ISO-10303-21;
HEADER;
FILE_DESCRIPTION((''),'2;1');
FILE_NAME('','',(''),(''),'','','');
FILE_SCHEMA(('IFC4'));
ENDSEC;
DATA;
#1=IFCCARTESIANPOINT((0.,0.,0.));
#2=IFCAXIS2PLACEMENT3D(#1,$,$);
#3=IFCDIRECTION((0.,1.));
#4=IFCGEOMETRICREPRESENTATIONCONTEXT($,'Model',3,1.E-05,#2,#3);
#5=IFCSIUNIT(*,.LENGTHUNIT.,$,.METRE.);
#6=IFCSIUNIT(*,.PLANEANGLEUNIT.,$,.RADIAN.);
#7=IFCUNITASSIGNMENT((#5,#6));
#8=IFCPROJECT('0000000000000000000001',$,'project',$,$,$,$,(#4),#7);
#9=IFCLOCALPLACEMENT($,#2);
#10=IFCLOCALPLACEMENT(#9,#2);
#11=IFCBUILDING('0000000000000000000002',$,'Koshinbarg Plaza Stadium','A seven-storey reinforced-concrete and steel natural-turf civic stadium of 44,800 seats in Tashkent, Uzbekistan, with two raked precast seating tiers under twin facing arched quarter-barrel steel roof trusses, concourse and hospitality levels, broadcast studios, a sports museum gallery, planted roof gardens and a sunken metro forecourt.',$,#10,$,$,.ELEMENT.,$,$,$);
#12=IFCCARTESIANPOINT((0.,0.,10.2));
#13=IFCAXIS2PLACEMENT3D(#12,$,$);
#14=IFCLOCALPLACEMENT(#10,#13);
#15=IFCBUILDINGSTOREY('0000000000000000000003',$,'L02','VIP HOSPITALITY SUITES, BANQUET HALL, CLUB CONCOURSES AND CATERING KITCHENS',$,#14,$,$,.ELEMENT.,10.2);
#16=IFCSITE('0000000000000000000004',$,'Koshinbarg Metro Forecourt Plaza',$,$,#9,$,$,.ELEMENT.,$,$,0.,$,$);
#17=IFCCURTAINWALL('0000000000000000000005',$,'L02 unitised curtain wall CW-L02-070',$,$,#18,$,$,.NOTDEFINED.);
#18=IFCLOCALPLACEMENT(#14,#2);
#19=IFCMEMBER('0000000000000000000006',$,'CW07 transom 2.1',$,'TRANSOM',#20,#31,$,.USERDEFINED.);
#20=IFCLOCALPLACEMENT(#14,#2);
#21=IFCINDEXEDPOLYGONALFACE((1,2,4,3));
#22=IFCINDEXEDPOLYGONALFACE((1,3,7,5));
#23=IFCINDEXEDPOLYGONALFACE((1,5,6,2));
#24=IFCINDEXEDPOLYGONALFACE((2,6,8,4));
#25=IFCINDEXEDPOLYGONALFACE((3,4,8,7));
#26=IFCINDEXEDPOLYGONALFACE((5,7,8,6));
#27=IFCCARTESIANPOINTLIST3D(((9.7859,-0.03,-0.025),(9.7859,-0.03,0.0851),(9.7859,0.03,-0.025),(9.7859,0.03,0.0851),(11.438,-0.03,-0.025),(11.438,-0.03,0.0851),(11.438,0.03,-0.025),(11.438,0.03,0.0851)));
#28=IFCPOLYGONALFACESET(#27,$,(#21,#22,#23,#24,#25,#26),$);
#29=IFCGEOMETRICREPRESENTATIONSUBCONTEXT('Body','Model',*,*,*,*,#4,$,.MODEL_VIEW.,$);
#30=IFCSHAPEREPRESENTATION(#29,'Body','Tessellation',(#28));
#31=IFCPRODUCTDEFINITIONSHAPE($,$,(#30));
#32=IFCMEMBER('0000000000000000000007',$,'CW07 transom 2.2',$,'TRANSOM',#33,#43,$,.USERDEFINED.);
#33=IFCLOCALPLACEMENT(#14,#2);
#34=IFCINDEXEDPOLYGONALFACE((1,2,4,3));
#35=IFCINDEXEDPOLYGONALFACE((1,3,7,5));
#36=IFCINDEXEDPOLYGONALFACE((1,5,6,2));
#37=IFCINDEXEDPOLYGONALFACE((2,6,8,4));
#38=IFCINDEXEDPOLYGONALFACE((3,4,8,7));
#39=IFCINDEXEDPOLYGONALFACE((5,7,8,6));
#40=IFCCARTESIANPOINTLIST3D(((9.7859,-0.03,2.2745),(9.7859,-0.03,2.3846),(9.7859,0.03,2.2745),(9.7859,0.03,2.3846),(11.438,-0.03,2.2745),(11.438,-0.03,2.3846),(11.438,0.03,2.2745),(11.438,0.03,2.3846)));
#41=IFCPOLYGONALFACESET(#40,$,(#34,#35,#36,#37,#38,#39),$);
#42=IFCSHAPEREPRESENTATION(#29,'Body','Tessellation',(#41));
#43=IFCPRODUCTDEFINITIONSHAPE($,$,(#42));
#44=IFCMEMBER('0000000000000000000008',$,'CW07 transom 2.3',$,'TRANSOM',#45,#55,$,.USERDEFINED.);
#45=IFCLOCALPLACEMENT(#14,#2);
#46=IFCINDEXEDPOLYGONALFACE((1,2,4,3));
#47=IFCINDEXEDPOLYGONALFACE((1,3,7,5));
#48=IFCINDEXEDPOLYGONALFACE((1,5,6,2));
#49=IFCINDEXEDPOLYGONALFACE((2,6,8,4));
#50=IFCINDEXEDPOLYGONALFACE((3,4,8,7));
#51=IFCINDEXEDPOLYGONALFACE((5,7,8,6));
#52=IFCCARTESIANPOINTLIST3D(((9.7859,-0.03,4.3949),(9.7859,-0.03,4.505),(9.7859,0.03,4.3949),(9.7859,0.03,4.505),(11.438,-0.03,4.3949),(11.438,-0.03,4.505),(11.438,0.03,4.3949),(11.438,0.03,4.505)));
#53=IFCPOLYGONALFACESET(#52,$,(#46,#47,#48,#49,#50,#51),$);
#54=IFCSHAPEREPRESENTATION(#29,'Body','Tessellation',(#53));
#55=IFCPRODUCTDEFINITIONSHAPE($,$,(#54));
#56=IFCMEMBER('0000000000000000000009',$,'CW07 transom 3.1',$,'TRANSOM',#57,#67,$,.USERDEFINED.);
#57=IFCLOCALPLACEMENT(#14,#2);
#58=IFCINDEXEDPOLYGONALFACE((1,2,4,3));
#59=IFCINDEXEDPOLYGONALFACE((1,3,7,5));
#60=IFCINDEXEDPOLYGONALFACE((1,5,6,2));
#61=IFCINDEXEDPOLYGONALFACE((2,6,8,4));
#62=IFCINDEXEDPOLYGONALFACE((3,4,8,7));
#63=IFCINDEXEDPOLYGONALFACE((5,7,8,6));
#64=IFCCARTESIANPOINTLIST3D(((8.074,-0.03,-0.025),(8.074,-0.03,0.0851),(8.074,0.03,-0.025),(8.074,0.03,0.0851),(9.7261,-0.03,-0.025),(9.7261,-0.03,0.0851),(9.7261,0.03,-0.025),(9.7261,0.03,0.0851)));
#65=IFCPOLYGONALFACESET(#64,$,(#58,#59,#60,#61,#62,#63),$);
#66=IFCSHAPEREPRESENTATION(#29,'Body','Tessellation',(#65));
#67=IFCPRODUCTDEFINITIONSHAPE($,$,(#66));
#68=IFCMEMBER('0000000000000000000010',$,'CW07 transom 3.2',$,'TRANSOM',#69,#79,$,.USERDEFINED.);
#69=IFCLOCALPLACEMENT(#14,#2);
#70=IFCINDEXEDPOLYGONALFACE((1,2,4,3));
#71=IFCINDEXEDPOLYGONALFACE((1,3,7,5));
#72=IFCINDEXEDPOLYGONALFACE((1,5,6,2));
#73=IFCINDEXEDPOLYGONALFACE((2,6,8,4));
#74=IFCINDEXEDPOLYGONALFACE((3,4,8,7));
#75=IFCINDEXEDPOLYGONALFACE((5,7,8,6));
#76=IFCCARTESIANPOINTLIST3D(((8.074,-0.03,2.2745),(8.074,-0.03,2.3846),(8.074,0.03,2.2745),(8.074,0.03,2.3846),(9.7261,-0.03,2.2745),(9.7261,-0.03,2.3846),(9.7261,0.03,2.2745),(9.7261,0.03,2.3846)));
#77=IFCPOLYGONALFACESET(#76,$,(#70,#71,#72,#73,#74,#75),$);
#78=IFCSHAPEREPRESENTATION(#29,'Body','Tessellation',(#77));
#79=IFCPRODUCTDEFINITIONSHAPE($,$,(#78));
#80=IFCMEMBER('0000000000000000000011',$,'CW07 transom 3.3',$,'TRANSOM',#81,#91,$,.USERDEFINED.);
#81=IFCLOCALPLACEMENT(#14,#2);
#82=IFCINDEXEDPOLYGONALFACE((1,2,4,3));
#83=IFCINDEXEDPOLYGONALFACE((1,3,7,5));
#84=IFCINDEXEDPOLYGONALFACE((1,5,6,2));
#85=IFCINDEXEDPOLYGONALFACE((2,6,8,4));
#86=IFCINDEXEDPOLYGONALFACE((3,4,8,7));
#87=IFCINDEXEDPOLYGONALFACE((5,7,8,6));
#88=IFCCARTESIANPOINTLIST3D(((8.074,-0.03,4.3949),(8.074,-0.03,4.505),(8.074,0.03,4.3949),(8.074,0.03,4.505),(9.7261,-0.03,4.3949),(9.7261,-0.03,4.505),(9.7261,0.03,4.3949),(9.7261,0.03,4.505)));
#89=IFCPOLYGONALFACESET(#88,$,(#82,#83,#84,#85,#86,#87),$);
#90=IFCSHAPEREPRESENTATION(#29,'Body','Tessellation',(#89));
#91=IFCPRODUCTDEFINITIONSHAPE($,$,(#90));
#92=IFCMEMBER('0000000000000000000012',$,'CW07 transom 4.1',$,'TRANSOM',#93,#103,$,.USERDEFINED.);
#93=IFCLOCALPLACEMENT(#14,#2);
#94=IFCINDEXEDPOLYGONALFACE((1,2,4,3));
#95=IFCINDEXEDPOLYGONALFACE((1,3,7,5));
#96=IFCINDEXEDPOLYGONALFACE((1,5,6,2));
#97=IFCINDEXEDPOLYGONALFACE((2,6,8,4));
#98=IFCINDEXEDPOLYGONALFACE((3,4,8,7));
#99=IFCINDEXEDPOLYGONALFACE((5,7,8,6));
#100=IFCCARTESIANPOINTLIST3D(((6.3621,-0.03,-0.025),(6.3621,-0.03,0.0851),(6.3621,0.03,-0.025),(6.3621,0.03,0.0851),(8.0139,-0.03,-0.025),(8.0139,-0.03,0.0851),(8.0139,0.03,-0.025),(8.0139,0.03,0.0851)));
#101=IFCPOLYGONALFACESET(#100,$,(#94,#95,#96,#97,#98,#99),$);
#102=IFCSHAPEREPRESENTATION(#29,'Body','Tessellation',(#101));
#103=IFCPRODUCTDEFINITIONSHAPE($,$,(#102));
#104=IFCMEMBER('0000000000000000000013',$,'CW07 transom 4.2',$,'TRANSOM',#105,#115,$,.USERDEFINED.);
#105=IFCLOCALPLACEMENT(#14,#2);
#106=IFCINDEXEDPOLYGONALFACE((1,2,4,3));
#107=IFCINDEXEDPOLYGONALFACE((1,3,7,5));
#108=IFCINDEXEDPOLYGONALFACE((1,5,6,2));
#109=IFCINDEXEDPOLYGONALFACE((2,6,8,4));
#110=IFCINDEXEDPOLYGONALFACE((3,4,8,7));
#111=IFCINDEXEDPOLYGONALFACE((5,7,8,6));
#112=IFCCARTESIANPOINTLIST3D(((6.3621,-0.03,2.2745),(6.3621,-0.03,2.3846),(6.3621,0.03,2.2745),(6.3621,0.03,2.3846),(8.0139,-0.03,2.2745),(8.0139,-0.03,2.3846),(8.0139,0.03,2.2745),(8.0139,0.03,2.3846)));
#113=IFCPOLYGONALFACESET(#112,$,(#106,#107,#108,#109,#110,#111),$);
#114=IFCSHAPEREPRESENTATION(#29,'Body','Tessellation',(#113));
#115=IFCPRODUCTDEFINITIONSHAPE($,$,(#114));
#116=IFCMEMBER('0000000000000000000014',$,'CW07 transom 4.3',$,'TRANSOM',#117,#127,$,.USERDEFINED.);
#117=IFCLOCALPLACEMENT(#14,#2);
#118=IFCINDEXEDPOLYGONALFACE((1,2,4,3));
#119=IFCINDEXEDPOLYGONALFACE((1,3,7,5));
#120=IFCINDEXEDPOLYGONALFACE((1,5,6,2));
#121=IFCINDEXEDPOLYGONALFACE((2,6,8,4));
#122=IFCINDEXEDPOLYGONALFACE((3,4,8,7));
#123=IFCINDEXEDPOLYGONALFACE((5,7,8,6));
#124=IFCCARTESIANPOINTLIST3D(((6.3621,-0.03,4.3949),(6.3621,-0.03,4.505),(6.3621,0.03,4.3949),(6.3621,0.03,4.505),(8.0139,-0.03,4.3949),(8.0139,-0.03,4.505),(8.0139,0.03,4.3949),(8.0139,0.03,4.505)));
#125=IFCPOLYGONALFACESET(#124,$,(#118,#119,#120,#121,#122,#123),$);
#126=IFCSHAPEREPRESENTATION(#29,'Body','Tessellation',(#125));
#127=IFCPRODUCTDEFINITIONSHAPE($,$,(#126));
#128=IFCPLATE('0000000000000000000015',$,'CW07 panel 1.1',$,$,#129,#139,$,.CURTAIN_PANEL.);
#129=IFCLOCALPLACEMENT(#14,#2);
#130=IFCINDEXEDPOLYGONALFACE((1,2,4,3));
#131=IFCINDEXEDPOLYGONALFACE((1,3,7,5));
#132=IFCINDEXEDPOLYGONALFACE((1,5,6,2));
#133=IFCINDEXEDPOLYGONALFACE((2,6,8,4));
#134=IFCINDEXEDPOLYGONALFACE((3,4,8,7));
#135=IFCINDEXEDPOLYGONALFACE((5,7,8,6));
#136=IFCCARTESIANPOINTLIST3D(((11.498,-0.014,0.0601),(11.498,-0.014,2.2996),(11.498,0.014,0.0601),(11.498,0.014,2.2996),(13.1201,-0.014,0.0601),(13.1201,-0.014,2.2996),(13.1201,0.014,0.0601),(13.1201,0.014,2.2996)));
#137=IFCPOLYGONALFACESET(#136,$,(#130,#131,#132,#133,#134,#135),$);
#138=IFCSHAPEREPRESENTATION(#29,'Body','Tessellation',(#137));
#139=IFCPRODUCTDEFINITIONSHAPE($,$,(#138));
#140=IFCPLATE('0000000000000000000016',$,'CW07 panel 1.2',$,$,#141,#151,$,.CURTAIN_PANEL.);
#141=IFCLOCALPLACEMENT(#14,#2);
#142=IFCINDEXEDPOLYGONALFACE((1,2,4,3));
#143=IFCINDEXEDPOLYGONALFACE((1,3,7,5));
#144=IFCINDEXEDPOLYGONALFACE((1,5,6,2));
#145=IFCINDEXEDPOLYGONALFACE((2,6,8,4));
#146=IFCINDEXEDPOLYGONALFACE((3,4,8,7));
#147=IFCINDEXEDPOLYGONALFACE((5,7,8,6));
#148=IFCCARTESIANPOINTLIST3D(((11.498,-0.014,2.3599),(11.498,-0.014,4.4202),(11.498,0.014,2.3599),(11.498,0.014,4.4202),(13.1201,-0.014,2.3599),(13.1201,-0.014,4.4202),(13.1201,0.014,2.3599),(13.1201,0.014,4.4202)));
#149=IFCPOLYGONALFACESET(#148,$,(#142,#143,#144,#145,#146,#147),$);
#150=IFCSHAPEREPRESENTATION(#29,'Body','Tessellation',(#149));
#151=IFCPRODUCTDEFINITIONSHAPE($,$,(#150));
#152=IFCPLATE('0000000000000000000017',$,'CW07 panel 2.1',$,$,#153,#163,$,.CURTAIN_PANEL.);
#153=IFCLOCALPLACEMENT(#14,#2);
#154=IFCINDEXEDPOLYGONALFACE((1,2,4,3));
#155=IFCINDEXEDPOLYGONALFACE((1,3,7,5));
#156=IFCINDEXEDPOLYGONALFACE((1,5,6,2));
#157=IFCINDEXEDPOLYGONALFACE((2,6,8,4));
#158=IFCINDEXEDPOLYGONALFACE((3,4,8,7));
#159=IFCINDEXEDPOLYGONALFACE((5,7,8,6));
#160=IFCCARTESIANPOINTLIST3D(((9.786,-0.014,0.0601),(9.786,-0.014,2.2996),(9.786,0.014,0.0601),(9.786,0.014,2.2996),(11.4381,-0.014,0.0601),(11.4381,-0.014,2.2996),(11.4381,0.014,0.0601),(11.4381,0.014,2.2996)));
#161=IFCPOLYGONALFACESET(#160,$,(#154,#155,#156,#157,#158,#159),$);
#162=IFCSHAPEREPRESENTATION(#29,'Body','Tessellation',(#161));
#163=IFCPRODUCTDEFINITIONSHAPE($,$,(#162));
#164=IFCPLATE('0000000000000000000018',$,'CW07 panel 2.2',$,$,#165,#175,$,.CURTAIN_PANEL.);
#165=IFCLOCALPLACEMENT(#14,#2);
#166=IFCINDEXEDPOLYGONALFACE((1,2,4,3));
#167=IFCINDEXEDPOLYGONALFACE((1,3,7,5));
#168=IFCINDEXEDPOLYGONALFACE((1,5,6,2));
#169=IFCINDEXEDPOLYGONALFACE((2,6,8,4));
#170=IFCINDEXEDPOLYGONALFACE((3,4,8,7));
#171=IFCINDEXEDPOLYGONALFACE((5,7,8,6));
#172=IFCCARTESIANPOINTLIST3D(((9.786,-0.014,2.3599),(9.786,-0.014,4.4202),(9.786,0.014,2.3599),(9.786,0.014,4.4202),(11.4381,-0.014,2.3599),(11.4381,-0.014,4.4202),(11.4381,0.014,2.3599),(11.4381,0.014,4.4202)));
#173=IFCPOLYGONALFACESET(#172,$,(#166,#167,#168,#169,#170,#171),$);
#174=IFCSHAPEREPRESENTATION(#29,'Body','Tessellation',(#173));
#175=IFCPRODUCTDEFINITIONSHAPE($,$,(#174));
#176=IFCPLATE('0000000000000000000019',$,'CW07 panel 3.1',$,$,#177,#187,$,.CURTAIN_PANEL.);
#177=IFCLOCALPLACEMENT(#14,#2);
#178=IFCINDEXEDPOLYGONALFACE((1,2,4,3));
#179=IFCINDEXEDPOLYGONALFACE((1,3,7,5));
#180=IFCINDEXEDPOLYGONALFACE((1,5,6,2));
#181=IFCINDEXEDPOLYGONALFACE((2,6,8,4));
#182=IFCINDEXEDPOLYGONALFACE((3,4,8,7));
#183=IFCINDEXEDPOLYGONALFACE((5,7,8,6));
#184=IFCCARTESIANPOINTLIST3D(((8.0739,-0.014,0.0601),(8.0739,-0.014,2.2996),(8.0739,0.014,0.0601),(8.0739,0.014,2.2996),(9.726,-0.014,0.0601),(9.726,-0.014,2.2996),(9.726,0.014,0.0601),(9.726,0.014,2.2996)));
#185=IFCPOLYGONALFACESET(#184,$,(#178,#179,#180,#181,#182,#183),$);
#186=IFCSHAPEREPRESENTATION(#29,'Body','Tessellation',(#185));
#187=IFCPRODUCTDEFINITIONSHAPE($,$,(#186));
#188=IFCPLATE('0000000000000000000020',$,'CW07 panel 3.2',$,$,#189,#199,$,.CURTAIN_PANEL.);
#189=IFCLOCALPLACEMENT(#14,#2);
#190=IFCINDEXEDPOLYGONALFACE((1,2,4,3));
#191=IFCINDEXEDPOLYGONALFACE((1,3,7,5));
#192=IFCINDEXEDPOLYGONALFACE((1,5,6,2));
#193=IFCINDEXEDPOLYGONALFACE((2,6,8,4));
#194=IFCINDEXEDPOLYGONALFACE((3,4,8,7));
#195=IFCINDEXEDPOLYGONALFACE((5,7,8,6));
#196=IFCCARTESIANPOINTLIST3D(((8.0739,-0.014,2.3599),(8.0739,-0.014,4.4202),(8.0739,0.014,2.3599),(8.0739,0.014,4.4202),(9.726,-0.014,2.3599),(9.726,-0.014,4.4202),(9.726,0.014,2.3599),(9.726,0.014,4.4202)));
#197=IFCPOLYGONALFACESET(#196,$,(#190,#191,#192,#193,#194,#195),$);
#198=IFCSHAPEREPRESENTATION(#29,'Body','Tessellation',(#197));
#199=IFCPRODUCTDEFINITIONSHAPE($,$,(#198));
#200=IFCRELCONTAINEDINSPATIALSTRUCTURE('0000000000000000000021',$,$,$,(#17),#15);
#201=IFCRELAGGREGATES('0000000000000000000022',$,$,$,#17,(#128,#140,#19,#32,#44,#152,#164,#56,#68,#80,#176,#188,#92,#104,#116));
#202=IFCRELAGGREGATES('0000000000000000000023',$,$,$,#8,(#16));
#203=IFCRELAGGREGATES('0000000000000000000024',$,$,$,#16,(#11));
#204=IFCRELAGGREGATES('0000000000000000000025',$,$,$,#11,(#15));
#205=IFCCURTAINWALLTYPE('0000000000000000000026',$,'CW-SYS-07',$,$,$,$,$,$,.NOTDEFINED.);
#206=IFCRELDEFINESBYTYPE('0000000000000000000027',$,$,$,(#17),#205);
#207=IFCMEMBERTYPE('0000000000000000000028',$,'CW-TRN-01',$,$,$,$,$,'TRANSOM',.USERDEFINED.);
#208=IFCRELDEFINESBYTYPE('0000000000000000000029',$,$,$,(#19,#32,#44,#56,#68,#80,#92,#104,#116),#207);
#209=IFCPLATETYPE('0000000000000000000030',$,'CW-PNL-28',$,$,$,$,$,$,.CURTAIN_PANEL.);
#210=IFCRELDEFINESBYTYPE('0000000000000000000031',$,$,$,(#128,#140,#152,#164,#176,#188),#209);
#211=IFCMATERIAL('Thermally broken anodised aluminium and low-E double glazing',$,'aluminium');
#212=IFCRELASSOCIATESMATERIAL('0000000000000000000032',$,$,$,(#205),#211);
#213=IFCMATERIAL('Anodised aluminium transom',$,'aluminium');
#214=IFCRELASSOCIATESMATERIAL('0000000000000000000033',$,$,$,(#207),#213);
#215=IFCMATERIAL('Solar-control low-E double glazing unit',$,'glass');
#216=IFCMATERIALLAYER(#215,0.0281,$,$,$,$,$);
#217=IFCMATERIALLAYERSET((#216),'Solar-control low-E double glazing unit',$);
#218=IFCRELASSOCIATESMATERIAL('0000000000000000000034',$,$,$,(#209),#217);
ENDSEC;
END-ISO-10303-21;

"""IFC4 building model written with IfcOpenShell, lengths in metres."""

from ifc_helpers import new_model, si_unit, direction, frame, origin, origin_2d, place, context, subcontext, project, spatial, rectangle, extrude, material, layer, layer_set, material_profile, profile_set, type_object, element, aggregate, save


model = new_model("IFC4")

# Units and contexts
model_context = context("Model", 3, precision=1e-05, world=origin(), true_north=direction((0.0, 1.0)))
body_context = subcontext(model_context, "Body", "Model", "MODEL_VIEW")
ifc_project = project(units=[si_unit("LENGTHUNIT", "METRE"), si_unit("PLANEANGLEUNIT", "RADIAN")], contexts=[model_context])

# Site, building, storey
site_placement = place(None, origin())
site = spatial("IfcSite", under=ifc_project, at=site_placement, Name="Koshinbarg Metro Forecourt Plaza", CompositionType="ELEMENT", RefElevation=0.0)
building_placement = place(site_placement, origin())
building = spatial("IfcBuilding", under=site, at=building_placement, Name="Koshinbarg Plaza Stadium", Description="A seven-storey reinforced-concrete and steel natural-turf civic stadium of 44,800 seats in Tashkent, Uzbekistan, with two raked precast seating tiers under twin facing arched quarter-barrel steel roof trusses, concourse and hospitality levels, broadcast studios, a sports museum gallery, planted roof gardens and a sunken metro forecourt.", CompositionType="ELEMENT")
storey_placement = place(building_placement, frame((0.0, 0.0, 10.2)))
storey = spatial("IfcBuildingStorey", under=building, at=storey_placement, Name="L02", Description="VIP HOSPITALITY SUITES, BANQUET HALL, CLUB CONCOURSES AND CATERING KITCHENS", CompositionType="ELEMENT", Elevation=10.2)

# Curtain wall, members, plates
ifc_material_1 = material(Name="Thermally broken anodised aluminium and low-E double glazing", Category="aluminium")
curtain_wall_type = type_object("IfcCurtainWallType", Name="CW-SYS-07", PredefinedType="NOTDEFINED", material=ifc_material_1)
curtain_wall_placement = place(storey_placement, origin())
curtain_wall = element("IfcCurtainWall", 1, at=curtain_wall_placement, inside=storey, type_object=curtain_wall_type, Name="L02 unitised curtain wall CW-L02-070", PredefinedType="NOTDEFINED")
ifc_material_2 = material(Name="Anodised aluminium transom", Category="aluminium")
ifc_material_profile_1 = material_profile(ifc_material_2, rectangle(XDim=0.0601, YDim=0.1101, at=origin_2d()), Name="ALU 60x110")
ifc_profile_set_1 = profile_set([ifc_material_profile_1], Name="Anodised aluminium transom")
member_type_1 = type_object("IfcMemberType", Name="CW-TRN-01", ElementType="TRANSOM", PredefinedType="USERDEFINED", material=ifc_profile_set_1)
member_1_placement = place(storey_placement, frame((11.438, 0.0, 0.03), z_axis=(-1.0, 0.0, 0.0), x_axis=(0.0, -1.0, 0.0)))
member_1 = element("IfcMember", 2, at=member_1_placement, type_object=member_type_1, Name="CW07 transom 2.1", ObjectType="TRANSOM", PredefinedType="USERDEFINED", context=body_context, shape_type="SweptSolid", body=[
    extrude(rectangle(XDim=0.0601, YDim=0.1101, at=origin_2d()), origin(), (0.0, 0.0, 1.0), 1.6521),
])
member_2_placement = place(storey_placement, frame((11.438, 0.0, 2.3296), z_axis=(-1.0, 0.0, 0.0), x_axis=(0.0, -1.0, 0.0)))
member_2 = element("IfcMember", 3, at=member_2_placement, type_object=member_type_1, Name="CW07 transom 2.2", ObjectType="TRANSOM", PredefinedType="USERDEFINED", context=body_context, shape_type="SweptSolid", body=[
    extrude(rectangle(XDim=0.0601, YDim=0.1101, at=origin_2d()), origin(), (0.0, 0.0, 1.0), 1.6521),
])
member_3_placement = place(storey_placement, frame((11.438, 0.0, 4.45), z_axis=(-1.0, 0.0, 0.0), x_axis=(0.0, -1.0, 0.0)))
member_3 = element("IfcMember", 4, at=member_3_placement, type_object=member_type_1, Name="CW07 transom 2.3", ObjectType="TRANSOM", PredefinedType="USERDEFINED", context=body_context, shape_type="SweptSolid", body=[
    extrude(rectangle(XDim=0.0601, YDim=0.1101, at=origin_2d()), origin(), (0.0, 0.0, 1.0), 1.6521),
])
member_4_placement = place(storey_placement, frame((9.7261, 0.0, 0.03), z_axis=(-1.0, 0.0, 0.0), x_axis=(0.0, -1.0, 0.0)))
member_4 = element("IfcMember", 5, at=member_4_placement, type_object=member_type_1, Name="CW07 transom 3.1", ObjectType="TRANSOM", PredefinedType="USERDEFINED", context=body_context, shape_type="SweptSolid", body=[
    extrude(rectangle(XDim=0.0601, YDim=0.1101, at=origin_2d()), origin(), (0.0, 0.0, 1.0), 1.6521),
])
member_5_placement = place(storey_placement, frame((9.7261, 0.0, 2.3296), z_axis=(-1.0, 0.0, 0.0), x_axis=(0.0, -1.0, 0.0)))
member_5 = element("IfcMember", 6, at=member_5_placement, type_object=member_type_1, Name="CW07 transom 3.2", ObjectType="TRANSOM", PredefinedType="USERDEFINED", context=body_context, shape_type="SweptSolid", body=[
    extrude(rectangle(XDim=0.0601, YDim=0.1101, at=origin_2d()), origin(), (0.0, 0.0, 1.0), 1.6521),
])
member_6_placement = place(storey_placement, frame((9.7261, 0.0, 4.45), z_axis=(-1.0, 0.0, 0.0), x_axis=(0.0, -1.0, 0.0)))
member_6 = element("IfcMember", 7, at=member_6_placement, type_object=member_type_1, Name="CW07 transom 3.3", ObjectType="TRANSOM", PredefinedType="USERDEFINED", context=body_context, shape_type="SweptSolid", body=[
    extrude(rectangle(XDim=0.0601, YDim=0.1101, at=origin_2d()), origin(), (0.0, 0.0, 1.0), 1.6521),
])
member_7_placement = place(storey_placement, frame((8.0139, 0.0, 0.03), z_axis=(-1.0, 0.0, 0.0), x_axis=(0.0, -1.0, 0.0)))
member_7 = element("IfcMember", 8, at=member_7_placement, type_object=member_type_1, Name="CW07 transom 4.1", ObjectType="TRANSOM", PredefinedType="USERDEFINED", context=body_context, shape_type="SweptSolid", body=[
    extrude(rectangle(XDim=0.0601, YDim=0.1101, at=origin_2d()), origin(), (0.0, 0.0, 1.0), 1.6519),
])
member_8_placement = place(storey_placement, frame((8.0139, 0.0, 2.3296), z_axis=(-1.0, 0.0, 0.0), x_axis=(0.0, -1.0, 0.0)))
member_8 = element("IfcMember", 9, at=member_8_placement, type_object=member_type_1, Name="CW07 transom 4.2", ObjectType="TRANSOM", PredefinedType="USERDEFINED", context=body_context, shape_type="SweptSolid", body=[
    extrude(rectangle(XDim=0.0601, YDim=0.1101, at=origin_2d()), origin(), (0.0, 0.0, 1.0), 1.6519),
])
member_9_placement = place(storey_placement, frame((8.0139, 0.0, 4.45), z_axis=(-1.0, 0.0, 0.0), x_axis=(0.0, -1.0, 0.0)))
member_9 = element("IfcMember", 10, at=member_9_placement, type_object=member_type_1, Name="CW07 transom 4.3", ObjectType="TRANSOM", PredefinedType="USERDEFINED", context=body_context, shape_type="SweptSolid", body=[
    extrude(rectangle(XDim=0.0601, YDim=0.1101, at=origin_2d()), origin(), (0.0, 0.0, 1.0), 1.6519),
])
ifc_material_3 = material(Name="Solar-control low-E double glazing unit", Category="glass")
ifc_layer_1 = layer(ifc_material_3, 0.0281)
ifc_layer_set_1 = layer_set([ifc_layer_1], Name="Solar-control low-E double glazing unit")
plate_type = type_object("IfcPlateType", Name="CW-PNL-28", PredefinedType="CURTAIN_PANEL", material=ifc_layer_set_1)
plate_1_placement = place(storey_placement, frame((12.3091, 0.0, 0.0601), z_axis=(0.0, 0.0, 1.0), x_axis=(-1.0, 0.0, 0.0)))
plate_1 = element("IfcPlate", 11, at=plate_1_placement, type_object=plate_type, Name="CW07 panel 1.1", PredefinedType="CURTAIN_PANEL", context=body_context, shape_type="SweptSolid", body=[
    extrude(rectangle(XDim=1.6221, YDim=0.0281, at=origin_2d()), origin(), (0.0, 0.0, 1.0), 2.2395),
])
plate_2_placement = place(storey_placement, frame((12.3091, 0.0, 2.3599), z_axis=(0.0, 0.0, 1.0), x_axis=(-1.0, 0.0, 0.0)))
plate_2 = element("IfcPlate", 12, at=plate_2_placement, type_object=plate_type, Name="CW07 panel 1.2", PredefinedType="CURTAIN_PANEL", context=body_context, shape_type="SweptSolid", body=[
    extrude(rectangle(XDim=1.6221, YDim=0.0281, at=origin_2d()), origin(), (0.0, 0.0, 1.0), 2.0603),
])
plate_3_placement = place(storey_placement, frame((10.6121, 0.0, 0.0601), z_axis=(0.0, 0.0, 1.0), x_axis=(-1.0, 0.0, 0.0)))
plate_3 = element("IfcPlate", 13, at=plate_3_placement, type_object=plate_type, Name="CW07 panel 2.1", PredefinedType="CURTAIN_PANEL", context=body_context, shape_type="SweptSolid", body=[
    extrude(rectangle(XDim=1.6521, YDim=0.0281, at=origin_2d()), origin(), (0.0, 0.0, 1.0), 2.2395),
])
plate_4_placement = place(storey_placement, frame((10.6121, 0.0, 2.3599), z_axis=(0.0, 0.0, 1.0), x_axis=(-1.0, 0.0, 0.0)))
plate_4 = element("IfcPlate", 14, at=plate_4_placement, type_object=plate_type, Name="CW07 panel 2.2", PredefinedType="CURTAIN_PANEL", context=body_context, shape_type="SweptSolid", body=[
    extrude(rectangle(XDim=1.6521, YDim=0.0281, at=origin_2d()), origin(), (0.0, 0.0, 1.0), 2.0603),
])
plate_5_placement = place(storey_placement, frame((8.8999, 0.0, 0.0601), z_axis=(0.0, 0.0, 1.0), x_axis=(-1.0, 0.0, 0.0)))
plate_5 = element("IfcPlate", 15, at=plate_5_placement, type_object=plate_type, Name="CW07 panel 3.1", PredefinedType="CURTAIN_PANEL", context=body_context, shape_type="SweptSolid", body=[
    extrude(rectangle(XDim=1.6521, YDim=0.0281, at=origin_2d()), origin(), (0.0, 0.0, 1.0), 2.2395),
])
plate_6_placement = place(storey_placement, frame((8.8999, 0.0, 2.3599), z_axis=(0.0, 0.0, 1.0), x_axis=(-1.0, 0.0, 0.0)))
plate_6 = element("IfcPlate", 16, at=plate_6_placement, type_object=plate_type, Name="CW07 panel 3.2", PredefinedType="CURTAIN_PANEL", context=body_context, shape_type="SweptSolid", body=[
    extrude(rectangle(XDim=1.6521, YDim=0.0281, at=origin_2d()), origin(), (0.0, 0.0, 1.0), 2.0603),
])
aggregate(curtain_wall, [plate_1, plate_2, member_1, member_2, member_3, plate_3, plate_4, member_4, member_5, member_6, plate_5, plate_6, member_7, member_8, member_9])

save(model, "model.ifc")
